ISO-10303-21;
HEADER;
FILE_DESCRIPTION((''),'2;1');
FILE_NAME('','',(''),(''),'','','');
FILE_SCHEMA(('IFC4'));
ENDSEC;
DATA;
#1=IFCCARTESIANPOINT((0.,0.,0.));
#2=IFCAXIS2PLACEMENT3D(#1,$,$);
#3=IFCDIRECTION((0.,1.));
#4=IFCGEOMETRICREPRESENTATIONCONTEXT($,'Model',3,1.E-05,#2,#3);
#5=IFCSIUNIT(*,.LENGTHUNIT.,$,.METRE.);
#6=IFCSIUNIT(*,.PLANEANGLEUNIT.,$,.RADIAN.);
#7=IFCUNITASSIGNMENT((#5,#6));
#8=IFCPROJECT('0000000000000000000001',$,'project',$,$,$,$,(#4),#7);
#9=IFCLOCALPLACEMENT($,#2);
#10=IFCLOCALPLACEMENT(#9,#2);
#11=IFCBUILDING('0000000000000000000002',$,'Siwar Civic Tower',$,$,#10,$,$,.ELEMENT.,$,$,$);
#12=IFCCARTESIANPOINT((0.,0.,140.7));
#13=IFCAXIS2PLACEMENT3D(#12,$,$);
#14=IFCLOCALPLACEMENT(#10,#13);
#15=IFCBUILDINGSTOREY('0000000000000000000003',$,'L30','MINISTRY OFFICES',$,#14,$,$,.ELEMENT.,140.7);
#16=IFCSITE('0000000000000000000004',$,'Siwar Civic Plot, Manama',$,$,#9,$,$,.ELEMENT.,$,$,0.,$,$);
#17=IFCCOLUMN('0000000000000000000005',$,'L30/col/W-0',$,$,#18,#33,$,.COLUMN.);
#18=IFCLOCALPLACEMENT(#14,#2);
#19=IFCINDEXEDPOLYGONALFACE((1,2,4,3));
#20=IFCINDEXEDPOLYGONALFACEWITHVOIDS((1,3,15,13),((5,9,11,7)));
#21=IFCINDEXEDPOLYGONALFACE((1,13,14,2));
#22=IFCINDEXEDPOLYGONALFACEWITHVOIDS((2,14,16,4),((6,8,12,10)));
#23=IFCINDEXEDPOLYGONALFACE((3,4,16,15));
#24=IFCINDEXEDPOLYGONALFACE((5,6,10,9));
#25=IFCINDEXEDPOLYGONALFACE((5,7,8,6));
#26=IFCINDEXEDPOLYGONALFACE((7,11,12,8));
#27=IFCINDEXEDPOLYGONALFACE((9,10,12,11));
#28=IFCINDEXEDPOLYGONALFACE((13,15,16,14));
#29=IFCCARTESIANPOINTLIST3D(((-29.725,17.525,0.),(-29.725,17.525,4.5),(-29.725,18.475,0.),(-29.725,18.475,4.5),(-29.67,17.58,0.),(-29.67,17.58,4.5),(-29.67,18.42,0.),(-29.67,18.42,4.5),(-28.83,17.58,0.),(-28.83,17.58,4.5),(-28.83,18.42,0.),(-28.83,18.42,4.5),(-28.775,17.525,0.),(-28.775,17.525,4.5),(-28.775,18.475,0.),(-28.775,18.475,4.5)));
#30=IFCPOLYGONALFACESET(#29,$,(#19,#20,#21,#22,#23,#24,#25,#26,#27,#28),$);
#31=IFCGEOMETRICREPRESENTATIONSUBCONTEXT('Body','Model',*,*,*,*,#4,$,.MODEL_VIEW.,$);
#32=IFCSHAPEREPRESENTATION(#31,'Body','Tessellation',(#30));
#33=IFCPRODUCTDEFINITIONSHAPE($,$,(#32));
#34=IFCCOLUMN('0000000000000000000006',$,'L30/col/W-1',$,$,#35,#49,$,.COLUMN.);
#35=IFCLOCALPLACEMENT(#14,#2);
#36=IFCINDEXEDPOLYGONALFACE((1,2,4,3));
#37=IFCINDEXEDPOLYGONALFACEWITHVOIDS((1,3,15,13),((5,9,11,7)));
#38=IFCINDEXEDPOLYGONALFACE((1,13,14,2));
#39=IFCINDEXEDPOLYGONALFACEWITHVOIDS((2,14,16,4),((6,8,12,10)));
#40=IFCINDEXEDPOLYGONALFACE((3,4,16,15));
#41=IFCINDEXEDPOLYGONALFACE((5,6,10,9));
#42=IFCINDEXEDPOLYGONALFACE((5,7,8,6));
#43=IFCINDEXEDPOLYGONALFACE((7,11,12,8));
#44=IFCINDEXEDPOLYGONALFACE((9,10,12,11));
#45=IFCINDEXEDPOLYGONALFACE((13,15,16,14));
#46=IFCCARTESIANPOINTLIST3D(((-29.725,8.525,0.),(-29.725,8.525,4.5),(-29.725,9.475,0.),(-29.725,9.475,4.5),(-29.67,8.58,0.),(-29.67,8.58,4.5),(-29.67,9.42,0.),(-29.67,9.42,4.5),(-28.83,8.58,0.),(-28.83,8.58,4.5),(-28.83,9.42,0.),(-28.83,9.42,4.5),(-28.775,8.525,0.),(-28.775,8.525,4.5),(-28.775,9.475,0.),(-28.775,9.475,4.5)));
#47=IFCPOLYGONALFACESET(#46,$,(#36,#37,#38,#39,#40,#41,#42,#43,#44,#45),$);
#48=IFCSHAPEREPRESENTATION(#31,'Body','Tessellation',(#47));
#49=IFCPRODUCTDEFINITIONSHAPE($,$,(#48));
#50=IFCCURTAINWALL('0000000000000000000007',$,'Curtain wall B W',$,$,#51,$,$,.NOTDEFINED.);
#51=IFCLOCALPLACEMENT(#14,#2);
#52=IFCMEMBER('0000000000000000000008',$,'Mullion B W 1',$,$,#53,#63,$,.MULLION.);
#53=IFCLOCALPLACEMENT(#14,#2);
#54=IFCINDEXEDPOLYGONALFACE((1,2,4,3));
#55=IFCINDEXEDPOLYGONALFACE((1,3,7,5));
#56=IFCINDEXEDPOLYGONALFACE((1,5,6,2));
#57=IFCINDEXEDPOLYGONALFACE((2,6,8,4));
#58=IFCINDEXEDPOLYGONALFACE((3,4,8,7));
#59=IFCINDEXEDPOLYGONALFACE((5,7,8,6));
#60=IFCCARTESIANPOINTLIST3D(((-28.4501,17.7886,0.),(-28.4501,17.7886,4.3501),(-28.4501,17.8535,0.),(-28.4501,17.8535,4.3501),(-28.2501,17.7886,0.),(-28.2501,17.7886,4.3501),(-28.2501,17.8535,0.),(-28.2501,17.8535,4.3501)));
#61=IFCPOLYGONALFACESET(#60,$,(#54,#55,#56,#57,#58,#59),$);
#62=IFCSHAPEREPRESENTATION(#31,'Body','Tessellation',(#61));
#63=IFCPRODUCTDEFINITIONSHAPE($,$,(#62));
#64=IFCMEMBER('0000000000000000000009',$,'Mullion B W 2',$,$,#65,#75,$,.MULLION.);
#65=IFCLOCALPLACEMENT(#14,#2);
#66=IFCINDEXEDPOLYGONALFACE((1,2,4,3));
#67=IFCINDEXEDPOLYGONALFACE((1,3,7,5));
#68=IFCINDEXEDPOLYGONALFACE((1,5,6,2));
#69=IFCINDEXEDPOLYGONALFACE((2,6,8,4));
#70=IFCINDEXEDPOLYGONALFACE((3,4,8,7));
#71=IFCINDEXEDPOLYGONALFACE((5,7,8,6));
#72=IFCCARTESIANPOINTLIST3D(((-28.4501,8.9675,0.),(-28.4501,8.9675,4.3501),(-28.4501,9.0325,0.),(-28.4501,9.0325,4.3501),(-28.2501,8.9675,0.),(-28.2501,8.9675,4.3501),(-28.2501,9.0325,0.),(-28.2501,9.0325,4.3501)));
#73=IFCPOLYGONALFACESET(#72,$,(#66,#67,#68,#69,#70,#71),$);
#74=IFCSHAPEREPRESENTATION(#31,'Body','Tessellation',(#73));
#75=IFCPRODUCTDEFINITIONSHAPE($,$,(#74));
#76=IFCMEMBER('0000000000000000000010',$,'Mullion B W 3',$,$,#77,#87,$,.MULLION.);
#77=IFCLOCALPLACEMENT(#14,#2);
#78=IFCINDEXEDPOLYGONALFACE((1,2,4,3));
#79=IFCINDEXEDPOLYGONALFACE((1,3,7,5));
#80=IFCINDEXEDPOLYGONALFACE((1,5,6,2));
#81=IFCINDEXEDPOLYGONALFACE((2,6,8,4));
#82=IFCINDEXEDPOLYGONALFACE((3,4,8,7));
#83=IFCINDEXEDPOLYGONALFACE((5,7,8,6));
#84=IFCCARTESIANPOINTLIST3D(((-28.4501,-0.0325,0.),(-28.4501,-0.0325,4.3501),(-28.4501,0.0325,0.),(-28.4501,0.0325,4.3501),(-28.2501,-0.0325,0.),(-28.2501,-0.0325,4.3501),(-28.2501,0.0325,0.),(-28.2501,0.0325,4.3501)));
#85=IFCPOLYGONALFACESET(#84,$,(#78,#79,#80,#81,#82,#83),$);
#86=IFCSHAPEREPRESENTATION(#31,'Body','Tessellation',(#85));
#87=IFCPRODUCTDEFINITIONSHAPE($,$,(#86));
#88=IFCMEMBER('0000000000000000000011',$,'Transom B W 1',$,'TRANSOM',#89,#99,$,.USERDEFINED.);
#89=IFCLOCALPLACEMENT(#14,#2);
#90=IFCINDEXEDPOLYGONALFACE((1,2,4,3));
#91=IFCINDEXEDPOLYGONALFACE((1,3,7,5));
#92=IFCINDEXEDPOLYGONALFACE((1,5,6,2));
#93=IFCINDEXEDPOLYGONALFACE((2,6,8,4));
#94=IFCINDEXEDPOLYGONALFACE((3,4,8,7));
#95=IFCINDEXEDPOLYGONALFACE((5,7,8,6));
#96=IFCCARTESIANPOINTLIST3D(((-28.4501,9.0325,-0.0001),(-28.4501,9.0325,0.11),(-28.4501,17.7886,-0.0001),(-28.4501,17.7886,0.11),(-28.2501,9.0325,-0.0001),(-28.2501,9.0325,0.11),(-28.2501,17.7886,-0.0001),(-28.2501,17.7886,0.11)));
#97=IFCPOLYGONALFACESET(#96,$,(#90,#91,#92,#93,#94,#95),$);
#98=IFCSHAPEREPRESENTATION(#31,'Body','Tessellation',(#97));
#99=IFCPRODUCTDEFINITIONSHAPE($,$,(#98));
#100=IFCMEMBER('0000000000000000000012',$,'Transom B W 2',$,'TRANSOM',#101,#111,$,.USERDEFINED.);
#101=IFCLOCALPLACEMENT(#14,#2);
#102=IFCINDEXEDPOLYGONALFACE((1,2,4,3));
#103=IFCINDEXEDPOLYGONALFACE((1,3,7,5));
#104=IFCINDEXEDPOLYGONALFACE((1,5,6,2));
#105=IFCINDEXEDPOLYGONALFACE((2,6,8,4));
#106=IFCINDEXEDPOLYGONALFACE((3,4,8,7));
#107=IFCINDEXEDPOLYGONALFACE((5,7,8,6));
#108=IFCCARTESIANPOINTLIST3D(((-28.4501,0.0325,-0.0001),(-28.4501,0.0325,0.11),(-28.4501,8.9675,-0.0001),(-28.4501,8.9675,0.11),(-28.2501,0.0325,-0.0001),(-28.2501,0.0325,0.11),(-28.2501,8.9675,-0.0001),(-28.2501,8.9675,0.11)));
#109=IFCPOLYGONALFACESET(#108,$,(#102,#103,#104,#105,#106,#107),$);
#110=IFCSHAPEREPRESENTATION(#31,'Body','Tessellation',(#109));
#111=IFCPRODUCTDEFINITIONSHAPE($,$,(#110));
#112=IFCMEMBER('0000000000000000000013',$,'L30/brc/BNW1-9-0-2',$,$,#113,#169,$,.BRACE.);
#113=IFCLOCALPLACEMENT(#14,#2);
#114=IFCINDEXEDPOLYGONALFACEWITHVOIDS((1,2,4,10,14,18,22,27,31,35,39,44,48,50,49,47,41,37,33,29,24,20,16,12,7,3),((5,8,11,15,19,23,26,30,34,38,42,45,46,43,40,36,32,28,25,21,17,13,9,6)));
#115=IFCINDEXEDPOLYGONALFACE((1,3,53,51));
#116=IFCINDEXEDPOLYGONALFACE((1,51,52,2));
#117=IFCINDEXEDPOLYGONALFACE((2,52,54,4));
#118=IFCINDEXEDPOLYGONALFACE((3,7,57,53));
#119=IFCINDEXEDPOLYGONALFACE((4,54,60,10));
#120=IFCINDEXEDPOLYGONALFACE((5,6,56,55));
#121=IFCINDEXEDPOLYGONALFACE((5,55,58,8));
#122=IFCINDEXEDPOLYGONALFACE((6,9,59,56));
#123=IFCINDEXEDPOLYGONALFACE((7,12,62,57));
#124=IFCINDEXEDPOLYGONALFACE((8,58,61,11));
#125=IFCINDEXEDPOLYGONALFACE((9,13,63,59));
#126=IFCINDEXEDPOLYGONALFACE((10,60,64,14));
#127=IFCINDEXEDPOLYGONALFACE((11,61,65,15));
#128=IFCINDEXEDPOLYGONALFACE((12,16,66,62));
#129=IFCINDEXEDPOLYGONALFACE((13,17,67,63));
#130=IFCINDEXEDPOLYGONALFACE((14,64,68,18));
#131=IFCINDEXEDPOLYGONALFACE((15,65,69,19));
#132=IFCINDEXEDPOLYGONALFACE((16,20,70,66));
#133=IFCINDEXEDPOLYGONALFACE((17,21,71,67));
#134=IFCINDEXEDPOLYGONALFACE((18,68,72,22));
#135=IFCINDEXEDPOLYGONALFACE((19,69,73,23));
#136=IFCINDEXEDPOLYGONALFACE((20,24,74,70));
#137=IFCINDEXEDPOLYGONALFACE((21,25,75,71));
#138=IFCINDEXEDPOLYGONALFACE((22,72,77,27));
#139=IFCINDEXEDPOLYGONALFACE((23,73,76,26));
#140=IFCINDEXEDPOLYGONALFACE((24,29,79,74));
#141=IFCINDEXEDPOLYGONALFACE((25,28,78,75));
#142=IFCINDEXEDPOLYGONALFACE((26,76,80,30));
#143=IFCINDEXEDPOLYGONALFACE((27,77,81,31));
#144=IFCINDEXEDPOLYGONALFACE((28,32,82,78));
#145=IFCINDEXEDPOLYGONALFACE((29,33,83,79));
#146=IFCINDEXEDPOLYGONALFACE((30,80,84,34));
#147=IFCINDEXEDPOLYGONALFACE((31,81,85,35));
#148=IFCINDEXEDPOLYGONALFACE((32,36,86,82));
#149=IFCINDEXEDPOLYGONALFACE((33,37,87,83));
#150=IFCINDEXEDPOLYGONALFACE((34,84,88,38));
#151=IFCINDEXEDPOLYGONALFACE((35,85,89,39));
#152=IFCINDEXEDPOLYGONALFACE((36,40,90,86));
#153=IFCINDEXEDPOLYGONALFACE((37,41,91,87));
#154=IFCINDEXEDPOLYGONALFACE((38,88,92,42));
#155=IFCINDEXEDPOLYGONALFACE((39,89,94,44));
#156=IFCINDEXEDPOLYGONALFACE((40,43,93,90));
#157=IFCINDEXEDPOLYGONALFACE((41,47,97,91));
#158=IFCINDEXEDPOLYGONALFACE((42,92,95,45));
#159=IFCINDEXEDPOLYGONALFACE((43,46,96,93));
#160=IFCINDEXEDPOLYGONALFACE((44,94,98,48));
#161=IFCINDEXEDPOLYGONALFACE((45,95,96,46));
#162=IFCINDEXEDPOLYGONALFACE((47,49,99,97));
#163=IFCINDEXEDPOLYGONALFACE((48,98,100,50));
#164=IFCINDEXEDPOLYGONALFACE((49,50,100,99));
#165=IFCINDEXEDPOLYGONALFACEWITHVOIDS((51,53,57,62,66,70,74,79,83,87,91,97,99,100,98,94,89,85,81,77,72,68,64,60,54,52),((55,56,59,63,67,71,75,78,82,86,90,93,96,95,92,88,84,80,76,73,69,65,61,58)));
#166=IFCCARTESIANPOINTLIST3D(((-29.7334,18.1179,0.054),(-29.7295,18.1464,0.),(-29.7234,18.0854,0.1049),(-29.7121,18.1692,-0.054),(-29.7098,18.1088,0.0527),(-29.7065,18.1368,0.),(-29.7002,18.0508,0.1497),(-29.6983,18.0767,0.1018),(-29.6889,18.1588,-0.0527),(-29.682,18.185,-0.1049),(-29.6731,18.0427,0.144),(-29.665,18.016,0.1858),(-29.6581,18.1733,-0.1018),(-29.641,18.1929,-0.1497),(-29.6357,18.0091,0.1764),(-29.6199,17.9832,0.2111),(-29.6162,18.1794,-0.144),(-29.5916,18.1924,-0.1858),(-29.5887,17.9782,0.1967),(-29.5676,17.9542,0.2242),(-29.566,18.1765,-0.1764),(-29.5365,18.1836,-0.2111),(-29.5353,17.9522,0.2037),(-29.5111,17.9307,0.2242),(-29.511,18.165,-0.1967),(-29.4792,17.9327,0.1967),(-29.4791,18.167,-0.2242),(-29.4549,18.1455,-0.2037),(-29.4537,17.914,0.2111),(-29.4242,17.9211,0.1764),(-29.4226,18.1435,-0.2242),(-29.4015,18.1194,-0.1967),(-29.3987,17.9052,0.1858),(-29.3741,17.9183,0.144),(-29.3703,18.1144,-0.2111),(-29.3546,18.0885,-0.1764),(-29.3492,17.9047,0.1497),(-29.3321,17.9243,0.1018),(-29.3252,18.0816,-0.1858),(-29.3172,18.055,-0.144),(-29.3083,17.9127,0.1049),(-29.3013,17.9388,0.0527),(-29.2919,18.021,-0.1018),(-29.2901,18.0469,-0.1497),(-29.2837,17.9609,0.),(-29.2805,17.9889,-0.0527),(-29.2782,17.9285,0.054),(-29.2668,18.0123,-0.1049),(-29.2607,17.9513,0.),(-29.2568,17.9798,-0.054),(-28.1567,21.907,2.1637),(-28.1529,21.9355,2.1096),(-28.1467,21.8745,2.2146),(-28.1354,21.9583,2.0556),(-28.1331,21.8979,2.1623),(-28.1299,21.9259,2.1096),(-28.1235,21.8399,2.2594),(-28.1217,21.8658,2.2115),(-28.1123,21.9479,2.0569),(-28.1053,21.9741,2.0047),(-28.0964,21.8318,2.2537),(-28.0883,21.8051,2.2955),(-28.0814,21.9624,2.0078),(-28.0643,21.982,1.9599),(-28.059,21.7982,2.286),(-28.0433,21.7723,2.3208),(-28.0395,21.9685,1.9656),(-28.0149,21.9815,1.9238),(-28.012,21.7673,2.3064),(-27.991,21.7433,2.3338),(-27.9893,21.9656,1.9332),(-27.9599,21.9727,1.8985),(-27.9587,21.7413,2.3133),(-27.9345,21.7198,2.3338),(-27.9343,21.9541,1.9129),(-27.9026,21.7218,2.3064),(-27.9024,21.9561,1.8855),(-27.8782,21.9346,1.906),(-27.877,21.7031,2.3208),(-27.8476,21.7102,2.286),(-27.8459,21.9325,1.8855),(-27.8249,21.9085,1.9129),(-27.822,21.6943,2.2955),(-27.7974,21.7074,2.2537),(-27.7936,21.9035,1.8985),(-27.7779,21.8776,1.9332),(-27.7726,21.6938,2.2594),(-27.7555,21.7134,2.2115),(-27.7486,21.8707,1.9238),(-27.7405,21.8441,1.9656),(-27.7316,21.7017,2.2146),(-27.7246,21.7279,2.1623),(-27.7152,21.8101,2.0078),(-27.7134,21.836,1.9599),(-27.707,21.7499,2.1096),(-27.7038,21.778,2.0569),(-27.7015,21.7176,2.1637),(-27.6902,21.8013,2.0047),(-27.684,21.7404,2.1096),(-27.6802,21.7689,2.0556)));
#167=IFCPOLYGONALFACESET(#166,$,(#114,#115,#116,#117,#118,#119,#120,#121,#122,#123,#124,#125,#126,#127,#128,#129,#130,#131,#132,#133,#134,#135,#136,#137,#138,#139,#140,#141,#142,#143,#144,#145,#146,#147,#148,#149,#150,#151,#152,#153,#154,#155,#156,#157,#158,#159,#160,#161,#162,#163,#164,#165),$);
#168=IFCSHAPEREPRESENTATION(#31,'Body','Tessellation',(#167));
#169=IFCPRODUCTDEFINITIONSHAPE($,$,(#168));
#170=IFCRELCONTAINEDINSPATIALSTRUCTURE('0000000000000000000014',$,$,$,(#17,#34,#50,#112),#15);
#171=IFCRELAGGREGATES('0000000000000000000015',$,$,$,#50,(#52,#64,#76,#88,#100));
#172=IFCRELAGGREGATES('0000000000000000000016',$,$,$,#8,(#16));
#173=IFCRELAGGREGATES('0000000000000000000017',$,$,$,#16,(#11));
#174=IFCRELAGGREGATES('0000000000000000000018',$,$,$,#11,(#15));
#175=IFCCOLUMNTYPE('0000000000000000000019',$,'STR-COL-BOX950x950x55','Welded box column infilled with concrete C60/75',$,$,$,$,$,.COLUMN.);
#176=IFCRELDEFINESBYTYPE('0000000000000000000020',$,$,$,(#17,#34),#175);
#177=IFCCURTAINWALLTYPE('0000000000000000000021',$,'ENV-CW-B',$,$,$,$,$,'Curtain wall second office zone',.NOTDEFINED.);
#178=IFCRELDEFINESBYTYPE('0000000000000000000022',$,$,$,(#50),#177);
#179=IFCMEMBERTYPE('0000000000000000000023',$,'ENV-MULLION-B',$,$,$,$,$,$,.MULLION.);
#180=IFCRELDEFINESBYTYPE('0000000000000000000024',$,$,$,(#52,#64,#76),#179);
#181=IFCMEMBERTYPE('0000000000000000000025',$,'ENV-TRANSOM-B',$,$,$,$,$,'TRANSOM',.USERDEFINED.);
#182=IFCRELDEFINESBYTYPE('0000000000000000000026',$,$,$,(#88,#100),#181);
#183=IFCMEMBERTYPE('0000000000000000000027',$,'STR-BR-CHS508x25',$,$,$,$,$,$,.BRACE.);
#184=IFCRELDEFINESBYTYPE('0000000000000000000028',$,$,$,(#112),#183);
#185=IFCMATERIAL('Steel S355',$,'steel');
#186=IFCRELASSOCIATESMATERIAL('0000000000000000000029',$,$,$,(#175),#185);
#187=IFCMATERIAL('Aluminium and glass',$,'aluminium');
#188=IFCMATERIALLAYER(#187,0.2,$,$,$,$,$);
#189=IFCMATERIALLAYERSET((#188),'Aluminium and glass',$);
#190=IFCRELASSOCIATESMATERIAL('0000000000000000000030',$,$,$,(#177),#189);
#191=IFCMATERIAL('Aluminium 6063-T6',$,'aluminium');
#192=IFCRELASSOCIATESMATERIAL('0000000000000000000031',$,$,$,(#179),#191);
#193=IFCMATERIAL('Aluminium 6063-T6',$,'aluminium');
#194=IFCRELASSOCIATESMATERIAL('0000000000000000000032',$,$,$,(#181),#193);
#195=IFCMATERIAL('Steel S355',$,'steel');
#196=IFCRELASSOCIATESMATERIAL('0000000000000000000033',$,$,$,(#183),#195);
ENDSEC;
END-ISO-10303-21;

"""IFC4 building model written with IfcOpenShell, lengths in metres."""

from ifc_helpers import new_model, si_unit, direction, frame, origin, origin_2d, place, context, subcontext, project, spatial, rectangle, hollow_rectangle, hollow_circle, extrude, material, layer, layer_set, material_profile, profile_set, type_object, element, aggregate, save


model = new_model("IFC4")

# Units and contexts
model_context = context("Model", 3, precision=1e-05, world=origin(), true_north=direction((0.0, 1.0)))
body_context = subcontext(model_context, "Body", "Model", "MODEL_VIEW")
ifc_project = project(units=[si_unit("LENGTHUNIT", "METRE"), si_unit("PLANEANGLEUNIT", "RADIAN")], contexts=[model_context])

# Site, building, storey
site_placement = place(None, origin())
site = spatial("IfcSite", under=ifc_project, at=site_placement, Name="Siwar Civic Plot, Manama", CompositionType="ELEMENT", RefElevation=0.0)
building_placement = place(site_placement, origin())
building = spatial("IfcBuilding", under=site, at=building_placement, Name="Siwar Civic Tower", CompositionType="ELEMENT")
storey_placement = place(building_placement, frame((0.0, 0.0, 140.7)))
storey = spatial("IfcBuildingStorey", under=building, at=storey_placement, Name="L30", Description="MINISTRY OFFICES", CompositionType="ELEMENT", Elevation=140.7)

# Columns
ifc_material_1 = material(Name="Steel S355", Category="steel")
ifc_material_profile_1 = material_profile(ifc_material_1, hollow_rectangle(XDim=0.95, YDim=0.95, WallThickness=0.0549, at=origin_2d()), Name="BOX950x950x55")
ifc_profile_set_1 = profile_set([ifc_material_profile_1], Name="Steel S355")
column_type = type_object("IfcColumnType", Name="STR-COL-BOX950x950x55", Description="Welded box column infilled with concrete C60/75", PredefinedType="COLUMN", material=ifc_profile_set_1)
for number, where, z_axis, x_axis, name in (
    (1, (-29.25, 18.0, 0.0), (0.0, 0.0, 1.0), (1.0, 0.0, 0.0), "L30/col/W-0"),
    (2, (-29.25, 9.0, 0.0), (0.0, 0.0, 1.0), (1.0, 0.0, 0.0), "L30/col/W-1"),
):
    element("IfcColumn", number, at=place(storey_placement, frame(where, z_axis=z_axis, x_axis=x_axis)), inside=storey, type_object=column_type, Name=name, PredefinedType="COLUMN", context=body_context, shape_type="SweptSolid", body=[
        extrude(hollow_rectangle(XDim=0.95, YDim=0.95, WallThickness=0.0549, at=origin_2d()), origin(), (0.0, 0.0, 1.0), 4.5),
    ])

# Curtain wall, members
ifc_material_2 = material(Name="Aluminium and glass", Category="aluminium")
ifc_layer_1 = layer(ifc_material_2, 0.2)
ifc_layer_set_1 = layer_set([ifc_layer_1], Name="Aluminium and glass")
curtain_wall_type = type_object("IfcCurtainWallType", Name="ENV-CW-B", ElementType="Curtain wall second office zone", PredefinedType="NOTDEFINED", material=ifc_layer_set_1)
curtain_wall_placement = place(storey_placement, origin())
curtain_wall = element("IfcCurtainWall", 3, at=curtain_wall_placement, inside=storey, type_object=curtain_wall_type, Name="Curtain wall B W", PredefinedType="NOTDEFINED")
ifc_material_3 = material(Name="Aluminium 6063-T6", Category="aluminium")
ifc_material_profile_2 = material_profile(ifc_material_3, rectangle(XDim=0.2, YDim=0.0649, at=origin_2d()), Name="AL 200x65")
ifc_profile_set_2 = profile_set([ifc_material_profile_2], Name="Aluminium 6063-T6")
member_type_1 = type_object("IfcMemberType", Name="ENV-MULLION-B", PredefinedType="MULLION", material=ifc_profile_set_2)
member_1_placement = place(storey_placement, frame((-28.3501, 17.821, 0.0), z_axis=(0.0, 0.0, 1.0), x_axis=(1.0, 0.0, 0.0)))
member_1 = element("IfcMember", 4, at=member_1_placement, type_object=member_type_1, Name="Mullion B W 1", PredefinedType="MULLION", context=body_context, shape_type="SweptSolid", body=[
    extrude(rectangle(XDim=0.2, YDim=0.0649, at=origin_2d()), origin(), (0.0, 0.0, 1.0), 4.3501),
])
member_2_placement = place(storey_placement, frame((-28.3501, 9.0, 0.0), z_axis=(0.0, 0.0, 1.0), x_axis=(1.0, 0.0, 0.0)))
member_2 = element("IfcMember", 5, at=member_2_placement, type_object=member_type_1, Name="Mullion B W 2", PredefinedType="MULLION", context=body_context, shape_type="SweptSolid", body=[
    extrude(rectangle(XDim=0.2, YDim=0.0649, at=origin_2d()), origin(), (0.0, 0.0, 1.0), 4.3501),
])
member_3_placement = place(storey_placement, frame((-28.3501, 0.0, 0.0), z_axis=(0.0, 0.0, 1.0), x_axis=(1.0, 0.0, 0.0)))
member_3 = element("IfcMember", 6, at=member_3_placement, type_object=member_type_1, Name="Mullion B W 3", PredefinedType="MULLION", context=body_context, shape_type="SweptSolid", body=[
    extrude(rectangle(XDim=0.2, YDim=0.0649, at=origin_2d()), origin(), (0.0, 0.0, 1.0), 4.3501),
])
ifc_material_4 = material(Name="Aluminium 6063-T6", Category="aluminium")
ifc_material_profile_3 = material_profile(ifc_material_4, rectangle(XDim=0.2, YDim=0.1101, at=origin_2d()), Name="AL 200x110")
ifc_profile_set_3 = profile_set([ifc_material_profile_3], Name="Aluminium 6063-T6")
member_type_2 = type_object("IfcMemberType", Name="ENV-TRANSOM-B", ElementType="TRANSOM", PredefinedType="USERDEFINED", material=ifc_profile_set_3)
member_4_placement = place(storey_placement, frame((-28.3501, 17.7886, 0.0549), z_axis=(0.0, -1.0, 0.0), x_axis=(1.0, 0.0, 0.0)))
member_4 = element("IfcMember", 7, at=member_4_placement, type_object=member_type_2, Name="Transom B W 1", ObjectType="TRANSOM", PredefinedType="USERDEFINED", context=body_context, shape_type="SweptSolid", body=[
    extrude(rectangle(XDim=0.2, YDim=0.1101, at=origin_2d()), origin(), (0.0, 0.0, 1.0), 8.7561),
])
member_5_placement = place(storey_placement, frame((-28.3501, 8.9675, 0.0549), z_axis=(0.0, -1.0, 0.0), x_axis=(1.0, 0.0, 0.0)))
member_5 = element("IfcMember", 8, at=member_5_placement, type_object=member_type_2, Name="Transom B W 2", ObjectType="TRANSOM", PredefinedType="USERDEFINED", context=body_context, shape_type="SweptSolid", body=[
    extrude(rectangle(XDim=0.2, YDim=0.1101, at=origin_2d()), origin(), (0.0, 0.0, 1.0), 8.9351),
])

# Member
ifc_material_5 = material(Name="Steel S355", Category="steel")
ifc_material_profile_4 = material_profile(ifc_material_5, hollow_circle(Radius=0.2539, WallThickness=0.0249, at=origin_2d()), Name="CHS508x25")
ifc_profile_set_4 = profile_set([ifc_material_profile_4], Name="Steel S355")
member_type_3 = type_object("IfcMemberType", Name="STR-BR-CHS508x25", PredefinedType="BRACE", material=ifc_profile_set_4)
member_6_placement = place(storey_placement, frame((-29.4951, 18.0488, 0.0), z_axis=(0.341677, 0.821126, 0.457175), x_axis=(-0.92326, 0.384176, 0.0)))
element("IfcMember", 9, at=member_6_placement, inside=storey, type_object=member_type_3, Name="L30/brc/BNW1-9-0-2", PredefinedType="BRACE", context=body_context, shape_type="SweptSolid", body=[
    extrude(hollow_circle(Radius=0.2539, WallThickness=0.0249, at=origin_2d()), origin(), (0.0, 0.0, 1.0), 4.6145),
])

aggregate(curtain_wall, [member_1, member_2, member_3, member_4, member_5])

save(model, "model.ifc")
